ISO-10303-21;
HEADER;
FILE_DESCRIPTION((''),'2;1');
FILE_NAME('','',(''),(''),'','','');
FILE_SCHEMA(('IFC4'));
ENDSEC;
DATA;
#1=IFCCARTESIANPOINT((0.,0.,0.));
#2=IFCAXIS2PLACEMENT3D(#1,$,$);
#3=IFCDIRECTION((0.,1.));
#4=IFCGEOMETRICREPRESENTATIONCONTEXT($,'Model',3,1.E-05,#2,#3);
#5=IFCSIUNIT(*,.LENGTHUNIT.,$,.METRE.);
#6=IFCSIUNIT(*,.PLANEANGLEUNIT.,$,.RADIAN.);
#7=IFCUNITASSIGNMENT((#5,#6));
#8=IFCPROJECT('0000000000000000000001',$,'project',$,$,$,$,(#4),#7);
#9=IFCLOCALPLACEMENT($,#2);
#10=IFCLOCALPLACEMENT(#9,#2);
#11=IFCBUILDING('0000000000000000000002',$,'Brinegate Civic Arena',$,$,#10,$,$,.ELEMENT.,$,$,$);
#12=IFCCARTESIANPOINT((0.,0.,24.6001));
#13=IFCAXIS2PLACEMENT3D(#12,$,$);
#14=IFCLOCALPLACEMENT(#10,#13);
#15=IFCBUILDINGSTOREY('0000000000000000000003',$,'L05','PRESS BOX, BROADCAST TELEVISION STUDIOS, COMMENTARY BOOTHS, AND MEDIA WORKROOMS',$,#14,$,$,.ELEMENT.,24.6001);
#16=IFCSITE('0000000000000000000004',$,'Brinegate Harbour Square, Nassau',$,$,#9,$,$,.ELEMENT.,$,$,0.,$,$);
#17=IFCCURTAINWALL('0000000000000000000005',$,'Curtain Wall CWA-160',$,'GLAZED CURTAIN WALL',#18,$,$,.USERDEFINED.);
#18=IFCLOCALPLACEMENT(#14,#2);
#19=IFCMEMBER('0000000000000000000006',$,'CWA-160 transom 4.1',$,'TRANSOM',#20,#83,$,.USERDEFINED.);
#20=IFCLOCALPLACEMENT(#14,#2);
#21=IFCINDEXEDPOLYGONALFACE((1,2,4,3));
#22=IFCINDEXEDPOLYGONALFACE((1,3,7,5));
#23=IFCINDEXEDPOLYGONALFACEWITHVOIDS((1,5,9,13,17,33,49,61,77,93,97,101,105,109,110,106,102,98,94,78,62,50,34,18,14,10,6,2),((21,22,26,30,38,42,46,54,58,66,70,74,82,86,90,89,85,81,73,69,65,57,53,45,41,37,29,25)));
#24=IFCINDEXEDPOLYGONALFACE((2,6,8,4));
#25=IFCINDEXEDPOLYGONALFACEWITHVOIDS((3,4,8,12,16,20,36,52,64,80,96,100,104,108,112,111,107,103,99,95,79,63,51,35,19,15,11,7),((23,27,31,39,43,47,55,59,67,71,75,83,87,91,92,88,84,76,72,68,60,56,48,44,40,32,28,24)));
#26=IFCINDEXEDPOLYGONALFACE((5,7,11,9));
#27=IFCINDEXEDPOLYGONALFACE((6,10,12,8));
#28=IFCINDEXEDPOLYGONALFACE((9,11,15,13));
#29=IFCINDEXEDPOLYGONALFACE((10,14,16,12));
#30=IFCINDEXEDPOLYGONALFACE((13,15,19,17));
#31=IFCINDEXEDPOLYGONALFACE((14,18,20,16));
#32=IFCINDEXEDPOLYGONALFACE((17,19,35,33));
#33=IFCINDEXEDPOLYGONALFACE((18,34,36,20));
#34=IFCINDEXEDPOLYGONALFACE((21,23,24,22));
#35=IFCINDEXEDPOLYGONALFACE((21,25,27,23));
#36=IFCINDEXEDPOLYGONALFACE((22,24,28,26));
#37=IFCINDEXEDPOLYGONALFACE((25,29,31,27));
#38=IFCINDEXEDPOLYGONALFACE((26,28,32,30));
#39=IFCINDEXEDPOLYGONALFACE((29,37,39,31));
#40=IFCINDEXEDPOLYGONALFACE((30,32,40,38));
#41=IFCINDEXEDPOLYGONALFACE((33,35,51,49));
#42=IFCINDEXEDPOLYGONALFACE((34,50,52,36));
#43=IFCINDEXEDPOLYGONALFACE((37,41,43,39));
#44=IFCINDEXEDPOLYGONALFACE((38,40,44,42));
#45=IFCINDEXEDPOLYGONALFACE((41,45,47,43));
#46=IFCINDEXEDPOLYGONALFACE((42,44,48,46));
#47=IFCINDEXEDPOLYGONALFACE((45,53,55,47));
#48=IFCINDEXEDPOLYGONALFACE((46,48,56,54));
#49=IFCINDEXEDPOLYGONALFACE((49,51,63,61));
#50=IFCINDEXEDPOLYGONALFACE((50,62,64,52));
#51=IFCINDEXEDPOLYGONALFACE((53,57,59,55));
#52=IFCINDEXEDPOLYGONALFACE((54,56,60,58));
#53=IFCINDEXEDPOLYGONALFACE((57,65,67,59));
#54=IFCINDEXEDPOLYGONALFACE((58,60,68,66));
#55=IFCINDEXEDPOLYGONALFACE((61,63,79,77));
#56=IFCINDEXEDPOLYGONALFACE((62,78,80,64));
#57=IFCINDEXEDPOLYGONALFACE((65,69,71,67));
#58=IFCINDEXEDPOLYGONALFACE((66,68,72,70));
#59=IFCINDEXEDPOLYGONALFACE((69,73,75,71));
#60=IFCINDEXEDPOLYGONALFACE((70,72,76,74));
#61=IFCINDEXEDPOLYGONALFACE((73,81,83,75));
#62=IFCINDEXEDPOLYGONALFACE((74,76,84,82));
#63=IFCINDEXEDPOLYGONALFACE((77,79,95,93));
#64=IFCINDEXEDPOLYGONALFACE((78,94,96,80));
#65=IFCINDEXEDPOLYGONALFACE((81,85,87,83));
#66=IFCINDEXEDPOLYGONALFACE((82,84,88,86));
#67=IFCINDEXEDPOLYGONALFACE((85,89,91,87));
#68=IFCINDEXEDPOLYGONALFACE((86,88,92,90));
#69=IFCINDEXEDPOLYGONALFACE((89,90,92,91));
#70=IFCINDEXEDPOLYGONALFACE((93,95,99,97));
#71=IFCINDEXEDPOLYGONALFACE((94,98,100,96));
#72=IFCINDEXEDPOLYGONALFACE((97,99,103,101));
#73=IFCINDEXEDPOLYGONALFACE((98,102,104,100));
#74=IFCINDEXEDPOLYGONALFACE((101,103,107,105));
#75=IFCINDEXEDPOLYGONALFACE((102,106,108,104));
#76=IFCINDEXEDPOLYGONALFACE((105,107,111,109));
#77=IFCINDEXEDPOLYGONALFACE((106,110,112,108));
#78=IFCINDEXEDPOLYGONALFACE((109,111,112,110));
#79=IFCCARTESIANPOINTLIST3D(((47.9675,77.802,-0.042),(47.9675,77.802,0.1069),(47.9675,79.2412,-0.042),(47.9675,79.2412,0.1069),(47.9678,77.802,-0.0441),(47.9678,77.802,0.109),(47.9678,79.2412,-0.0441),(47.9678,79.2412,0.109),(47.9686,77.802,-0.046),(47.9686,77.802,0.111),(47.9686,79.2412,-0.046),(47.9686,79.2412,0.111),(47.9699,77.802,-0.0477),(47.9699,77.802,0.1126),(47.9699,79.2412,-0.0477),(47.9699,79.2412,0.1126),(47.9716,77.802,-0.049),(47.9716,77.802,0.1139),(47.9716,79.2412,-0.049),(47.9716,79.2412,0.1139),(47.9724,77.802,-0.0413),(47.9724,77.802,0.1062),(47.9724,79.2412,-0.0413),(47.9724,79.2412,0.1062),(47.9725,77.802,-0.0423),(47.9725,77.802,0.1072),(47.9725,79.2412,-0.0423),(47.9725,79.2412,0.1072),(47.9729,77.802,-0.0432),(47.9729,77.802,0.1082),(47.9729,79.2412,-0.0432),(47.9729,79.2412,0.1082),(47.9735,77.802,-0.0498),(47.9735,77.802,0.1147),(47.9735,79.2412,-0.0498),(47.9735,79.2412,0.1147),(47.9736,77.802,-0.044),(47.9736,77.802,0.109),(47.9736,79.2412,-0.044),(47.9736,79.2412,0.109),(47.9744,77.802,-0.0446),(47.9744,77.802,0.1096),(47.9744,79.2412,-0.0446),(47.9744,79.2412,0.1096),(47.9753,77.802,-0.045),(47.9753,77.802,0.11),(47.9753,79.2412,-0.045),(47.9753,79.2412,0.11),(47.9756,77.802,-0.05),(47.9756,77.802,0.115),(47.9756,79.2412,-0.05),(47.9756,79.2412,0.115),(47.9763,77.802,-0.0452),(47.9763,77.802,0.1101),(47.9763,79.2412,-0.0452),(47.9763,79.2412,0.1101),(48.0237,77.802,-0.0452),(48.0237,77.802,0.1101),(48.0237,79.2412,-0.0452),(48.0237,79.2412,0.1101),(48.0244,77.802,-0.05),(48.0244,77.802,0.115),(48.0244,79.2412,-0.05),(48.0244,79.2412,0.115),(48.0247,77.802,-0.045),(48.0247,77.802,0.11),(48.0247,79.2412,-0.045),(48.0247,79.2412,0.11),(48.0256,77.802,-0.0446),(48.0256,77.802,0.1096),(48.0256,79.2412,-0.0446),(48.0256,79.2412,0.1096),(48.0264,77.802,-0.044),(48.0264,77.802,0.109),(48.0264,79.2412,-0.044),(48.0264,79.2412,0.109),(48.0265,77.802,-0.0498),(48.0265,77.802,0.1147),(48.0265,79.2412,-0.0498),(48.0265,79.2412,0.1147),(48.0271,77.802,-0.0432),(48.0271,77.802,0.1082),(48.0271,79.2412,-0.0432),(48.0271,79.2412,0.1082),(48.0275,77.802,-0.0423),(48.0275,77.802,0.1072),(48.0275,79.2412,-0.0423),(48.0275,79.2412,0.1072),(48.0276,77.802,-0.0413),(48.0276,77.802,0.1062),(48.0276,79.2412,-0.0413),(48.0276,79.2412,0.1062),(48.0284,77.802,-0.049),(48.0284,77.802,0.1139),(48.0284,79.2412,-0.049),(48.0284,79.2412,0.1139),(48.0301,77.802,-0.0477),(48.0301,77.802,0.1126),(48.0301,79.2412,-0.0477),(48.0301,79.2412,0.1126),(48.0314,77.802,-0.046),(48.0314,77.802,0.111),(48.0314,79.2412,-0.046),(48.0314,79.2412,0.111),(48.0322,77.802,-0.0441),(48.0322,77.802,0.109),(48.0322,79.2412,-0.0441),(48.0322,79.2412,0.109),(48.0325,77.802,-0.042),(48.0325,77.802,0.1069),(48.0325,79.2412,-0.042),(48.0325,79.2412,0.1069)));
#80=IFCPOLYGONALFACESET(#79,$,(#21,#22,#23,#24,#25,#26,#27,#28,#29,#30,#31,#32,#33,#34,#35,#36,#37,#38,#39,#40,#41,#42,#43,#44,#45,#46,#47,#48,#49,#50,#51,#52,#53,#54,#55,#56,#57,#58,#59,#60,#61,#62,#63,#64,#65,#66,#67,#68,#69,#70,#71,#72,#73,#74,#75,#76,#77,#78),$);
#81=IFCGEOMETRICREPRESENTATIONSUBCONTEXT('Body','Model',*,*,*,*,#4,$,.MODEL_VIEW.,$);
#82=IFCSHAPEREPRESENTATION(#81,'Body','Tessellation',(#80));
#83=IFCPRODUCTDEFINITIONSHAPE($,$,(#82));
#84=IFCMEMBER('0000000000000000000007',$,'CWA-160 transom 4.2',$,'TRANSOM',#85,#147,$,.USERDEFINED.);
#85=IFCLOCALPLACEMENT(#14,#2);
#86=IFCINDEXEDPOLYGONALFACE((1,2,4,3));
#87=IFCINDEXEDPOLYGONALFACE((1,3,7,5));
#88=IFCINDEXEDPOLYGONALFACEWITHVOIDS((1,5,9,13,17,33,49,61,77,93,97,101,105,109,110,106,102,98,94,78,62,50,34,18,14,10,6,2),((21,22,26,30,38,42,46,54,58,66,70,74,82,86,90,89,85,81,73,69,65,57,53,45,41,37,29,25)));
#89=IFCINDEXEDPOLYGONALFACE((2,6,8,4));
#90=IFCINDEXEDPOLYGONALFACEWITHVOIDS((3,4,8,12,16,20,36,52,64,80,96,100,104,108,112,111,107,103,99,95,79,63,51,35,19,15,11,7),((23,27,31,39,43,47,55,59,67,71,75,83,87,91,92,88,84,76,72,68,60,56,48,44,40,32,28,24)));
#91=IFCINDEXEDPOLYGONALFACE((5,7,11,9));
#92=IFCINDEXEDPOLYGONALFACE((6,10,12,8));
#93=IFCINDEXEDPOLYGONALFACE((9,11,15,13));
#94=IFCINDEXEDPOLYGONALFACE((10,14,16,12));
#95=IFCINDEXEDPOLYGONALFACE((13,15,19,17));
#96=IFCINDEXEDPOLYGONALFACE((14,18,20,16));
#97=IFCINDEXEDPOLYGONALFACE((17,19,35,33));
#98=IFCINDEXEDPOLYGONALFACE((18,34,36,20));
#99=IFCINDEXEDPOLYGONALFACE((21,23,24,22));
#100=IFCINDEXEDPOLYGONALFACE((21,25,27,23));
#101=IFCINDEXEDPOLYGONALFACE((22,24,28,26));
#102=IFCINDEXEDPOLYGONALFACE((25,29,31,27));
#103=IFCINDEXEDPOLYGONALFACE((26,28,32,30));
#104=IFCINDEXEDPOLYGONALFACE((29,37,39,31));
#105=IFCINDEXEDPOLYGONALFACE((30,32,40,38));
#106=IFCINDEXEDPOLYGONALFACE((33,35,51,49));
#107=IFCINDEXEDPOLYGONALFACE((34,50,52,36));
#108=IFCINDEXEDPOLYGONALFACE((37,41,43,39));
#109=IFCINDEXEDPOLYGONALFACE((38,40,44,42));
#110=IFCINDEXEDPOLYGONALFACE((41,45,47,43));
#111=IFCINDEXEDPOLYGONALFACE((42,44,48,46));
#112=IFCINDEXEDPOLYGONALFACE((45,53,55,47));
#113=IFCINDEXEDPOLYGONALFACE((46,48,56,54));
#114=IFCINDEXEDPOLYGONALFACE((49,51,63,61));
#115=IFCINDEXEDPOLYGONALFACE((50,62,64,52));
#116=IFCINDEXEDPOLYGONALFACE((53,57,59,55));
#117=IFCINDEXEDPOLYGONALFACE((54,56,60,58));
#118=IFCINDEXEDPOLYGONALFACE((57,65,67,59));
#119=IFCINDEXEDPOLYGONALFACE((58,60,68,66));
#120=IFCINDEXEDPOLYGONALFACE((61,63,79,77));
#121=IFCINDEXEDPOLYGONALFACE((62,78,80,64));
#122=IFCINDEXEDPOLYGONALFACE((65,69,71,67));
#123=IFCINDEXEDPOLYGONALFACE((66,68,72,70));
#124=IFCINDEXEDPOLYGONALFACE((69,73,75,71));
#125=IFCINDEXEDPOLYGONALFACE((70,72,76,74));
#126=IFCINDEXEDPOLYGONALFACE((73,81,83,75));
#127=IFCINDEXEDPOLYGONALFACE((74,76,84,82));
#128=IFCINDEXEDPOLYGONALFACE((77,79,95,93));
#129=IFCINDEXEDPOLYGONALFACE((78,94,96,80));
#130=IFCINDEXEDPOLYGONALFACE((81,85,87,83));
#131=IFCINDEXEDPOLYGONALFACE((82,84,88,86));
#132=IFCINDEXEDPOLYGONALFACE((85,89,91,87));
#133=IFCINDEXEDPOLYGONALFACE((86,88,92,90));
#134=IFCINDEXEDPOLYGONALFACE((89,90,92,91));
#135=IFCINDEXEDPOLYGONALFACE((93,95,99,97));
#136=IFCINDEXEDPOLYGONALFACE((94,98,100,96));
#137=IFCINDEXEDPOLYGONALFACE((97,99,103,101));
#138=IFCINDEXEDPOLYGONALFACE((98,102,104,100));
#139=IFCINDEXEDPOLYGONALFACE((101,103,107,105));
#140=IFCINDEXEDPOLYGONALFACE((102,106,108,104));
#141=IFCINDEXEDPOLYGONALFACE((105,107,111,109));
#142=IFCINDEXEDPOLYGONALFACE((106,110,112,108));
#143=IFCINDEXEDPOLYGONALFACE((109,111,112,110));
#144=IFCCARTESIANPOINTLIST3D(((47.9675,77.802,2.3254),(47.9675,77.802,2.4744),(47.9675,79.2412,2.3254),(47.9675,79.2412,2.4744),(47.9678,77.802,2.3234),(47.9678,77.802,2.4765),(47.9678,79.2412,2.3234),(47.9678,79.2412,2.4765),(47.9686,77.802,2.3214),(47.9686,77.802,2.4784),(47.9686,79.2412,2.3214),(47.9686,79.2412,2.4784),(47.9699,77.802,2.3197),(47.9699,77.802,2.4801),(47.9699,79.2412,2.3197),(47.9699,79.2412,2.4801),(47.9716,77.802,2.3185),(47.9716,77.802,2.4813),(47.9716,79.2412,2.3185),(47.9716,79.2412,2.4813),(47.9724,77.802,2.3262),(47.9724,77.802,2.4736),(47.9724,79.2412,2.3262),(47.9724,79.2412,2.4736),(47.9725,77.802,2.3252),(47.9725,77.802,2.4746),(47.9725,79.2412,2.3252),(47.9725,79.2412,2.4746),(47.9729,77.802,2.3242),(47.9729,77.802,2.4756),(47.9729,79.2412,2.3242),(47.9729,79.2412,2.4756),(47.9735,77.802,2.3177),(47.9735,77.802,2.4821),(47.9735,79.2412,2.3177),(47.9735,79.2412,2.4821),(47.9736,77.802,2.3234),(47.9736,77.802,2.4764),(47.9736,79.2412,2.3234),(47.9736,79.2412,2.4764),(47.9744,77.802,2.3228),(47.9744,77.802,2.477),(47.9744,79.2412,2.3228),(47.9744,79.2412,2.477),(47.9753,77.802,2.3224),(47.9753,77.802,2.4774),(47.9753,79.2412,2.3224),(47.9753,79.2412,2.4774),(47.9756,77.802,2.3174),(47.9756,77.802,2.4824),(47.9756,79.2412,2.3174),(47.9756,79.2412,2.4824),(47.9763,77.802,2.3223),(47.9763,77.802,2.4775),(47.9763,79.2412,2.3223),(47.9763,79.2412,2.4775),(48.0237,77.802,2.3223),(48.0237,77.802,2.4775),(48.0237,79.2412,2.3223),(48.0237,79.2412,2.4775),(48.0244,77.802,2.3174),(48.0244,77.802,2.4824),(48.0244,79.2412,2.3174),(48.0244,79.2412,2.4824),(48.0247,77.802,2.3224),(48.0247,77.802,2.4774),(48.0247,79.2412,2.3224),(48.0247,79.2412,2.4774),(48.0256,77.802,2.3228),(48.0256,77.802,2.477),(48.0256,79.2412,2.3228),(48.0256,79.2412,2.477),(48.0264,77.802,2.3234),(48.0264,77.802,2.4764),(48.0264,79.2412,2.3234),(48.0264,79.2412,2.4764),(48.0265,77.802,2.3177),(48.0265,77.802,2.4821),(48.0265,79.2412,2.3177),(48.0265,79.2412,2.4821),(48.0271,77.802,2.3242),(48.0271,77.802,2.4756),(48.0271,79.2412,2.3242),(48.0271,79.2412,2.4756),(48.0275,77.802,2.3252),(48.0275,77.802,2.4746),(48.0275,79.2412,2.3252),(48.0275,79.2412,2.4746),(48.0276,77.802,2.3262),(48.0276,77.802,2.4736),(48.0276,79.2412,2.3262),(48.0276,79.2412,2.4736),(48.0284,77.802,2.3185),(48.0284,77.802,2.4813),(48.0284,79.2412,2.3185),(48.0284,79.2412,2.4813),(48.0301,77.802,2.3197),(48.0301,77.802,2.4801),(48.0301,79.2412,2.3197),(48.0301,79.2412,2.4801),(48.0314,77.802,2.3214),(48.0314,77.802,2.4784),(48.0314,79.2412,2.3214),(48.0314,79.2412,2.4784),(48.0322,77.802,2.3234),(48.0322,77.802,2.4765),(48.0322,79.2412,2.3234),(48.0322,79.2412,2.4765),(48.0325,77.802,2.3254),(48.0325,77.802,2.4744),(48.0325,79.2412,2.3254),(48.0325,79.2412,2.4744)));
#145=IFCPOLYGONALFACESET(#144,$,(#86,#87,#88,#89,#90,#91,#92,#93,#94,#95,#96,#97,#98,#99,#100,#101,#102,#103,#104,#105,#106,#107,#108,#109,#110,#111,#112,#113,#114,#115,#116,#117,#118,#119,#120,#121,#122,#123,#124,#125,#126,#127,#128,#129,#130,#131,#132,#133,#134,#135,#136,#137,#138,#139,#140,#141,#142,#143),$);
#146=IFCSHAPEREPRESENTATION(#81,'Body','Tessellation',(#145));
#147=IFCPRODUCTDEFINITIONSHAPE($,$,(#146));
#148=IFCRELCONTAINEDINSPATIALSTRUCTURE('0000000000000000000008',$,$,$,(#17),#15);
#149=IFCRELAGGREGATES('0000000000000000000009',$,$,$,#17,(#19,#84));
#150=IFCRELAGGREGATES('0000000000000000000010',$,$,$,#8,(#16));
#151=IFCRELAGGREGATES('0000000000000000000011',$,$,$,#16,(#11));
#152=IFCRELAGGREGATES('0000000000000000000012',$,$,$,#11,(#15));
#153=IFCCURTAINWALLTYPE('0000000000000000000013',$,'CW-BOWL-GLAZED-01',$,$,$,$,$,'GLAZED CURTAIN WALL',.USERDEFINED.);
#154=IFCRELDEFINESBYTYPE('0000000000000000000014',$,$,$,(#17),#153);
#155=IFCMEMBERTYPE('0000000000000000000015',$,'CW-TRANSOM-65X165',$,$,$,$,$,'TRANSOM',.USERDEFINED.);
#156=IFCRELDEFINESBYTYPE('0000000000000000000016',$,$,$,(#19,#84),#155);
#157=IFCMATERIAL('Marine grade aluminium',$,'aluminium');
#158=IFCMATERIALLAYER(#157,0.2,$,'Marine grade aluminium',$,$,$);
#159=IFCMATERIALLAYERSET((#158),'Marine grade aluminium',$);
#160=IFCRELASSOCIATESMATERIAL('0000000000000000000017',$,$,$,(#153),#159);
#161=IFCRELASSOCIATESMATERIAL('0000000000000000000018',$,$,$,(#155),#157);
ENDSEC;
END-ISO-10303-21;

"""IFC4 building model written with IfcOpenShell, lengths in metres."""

from ifc_helpers import new_model, si_unit, direction, frame, origin, origin_2d, place, context, subcontext, project, spatial, hollow_rectangle, extrude, material, layer, layer_set, material_profile, profile_set, type_object, element, aggregate, save


model = new_model("IFC4")

# Units and contexts
model_context = context("Model", 3, precision=1e-05, world=origin(), true_north=direction((0.0, 1.0)))
body_context = subcontext(model_context, "Body", "Model", "MODEL_VIEW")
ifc_project = project(units=[si_unit("LENGTHUNIT", "METRE"), si_unit("PLANEANGLEUNIT", "RADIAN")], contexts=[model_context])

# Site, building, storey
site_placement = place(None, origin())
site = spatial("IfcSite", under=ifc_project, at=site_placement, Name="Brinegate Harbour Square, Nassau", CompositionType="ELEMENT", RefElevation=0.0)
building_placement = place(site_placement, origin())
building = spatial("IfcBuilding", under=site, at=building_placement, Name="Brinegate Civic Arena", CompositionType="ELEMENT")
storey_placement = place(building_placement, frame((0.0, 0.0, 24.6001)))
storey = spatial("IfcBuildingStorey", under=building, at=storey_placement, Name="L05", Description="PRESS BOX, BROADCAST TELEVISION STUDIOS, COMMENTARY BOOTHS, AND MEDIA WORKROOMS", CompositionType="ELEMENT", Elevation=24.6001)

# Curtain wall, members
ifc_material_1 = material(Name="Marine grade aluminium", Category="aluminium")
ifc_layer_1 = layer(ifc_material_1, 0.2, Name="Marine grade aluminium")
ifc_layer_set_1 = layer_set([ifc_layer_1], Name="Marine grade aluminium")
curtain_wall_type = type_object("IfcCurtainWallType", Name="CW-BOWL-GLAZED-01", ElementType="GLAZED CURTAIN WALL", PredefinedType="USERDEFINED", material=ifc_layer_set_1)
curtain_wall_placement = place(storey_placement, origin())
curtain_wall = element("IfcCurtainWall", 1, at=curtain_wall_placement, inside=storey, type_object=curtain_wall_type, Name="Curtain Wall CWA-160", ObjectType="GLAZED CURTAIN WALL", PredefinedType="USERDEFINED")
ifc_material_profile_1 = material_profile(ifc_material_1, hollow_rectangle(XDim=0.0649, YDim=0.165, WallThickness=0.0049, InnerFilletRadius=0.0039, OuterFilletRadius=0.0081, at=origin_2d()), Name="TRN65X165")
ifc_profile_set_1 = profile_set([ifc_material_profile_1], Name="Marine grade aluminium")
member_type_1 = type_object("IfcMemberType", Name="CW-TRANSOM-65X165", ElementType="TRANSOM", PredefinedType="USERDEFINED", material=ifc_profile_set_1)
member_1_placement = place(storey_placement, frame((48.0, 77.802, 0.0325), z_axis=(0.0, 1.0, 0.0), x_axis=(-1.0, 0.0, 0.0)))
member_1 = element("IfcMember", 2, at=member_1_placement, type_object=member_type_1, Name="CWA-160 transom 4.1", ObjectType="TRANSOM", PredefinedType="USERDEFINED", context=body_context, shape_type="SweptSolid", body=[
    extrude(hollow_rectangle(XDim=0.0649, YDim=0.165, WallThickness=0.0049, InnerFilletRadius=0.0039, OuterFilletRadius=0.0081, at=origin_2d()), origin(), (0.0, 0.0, 1.0), 1.4392),
])
member_2_placement = place(storey_placement, frame((48.0, 77.802, 2.3999), z_axis=(0.0, 1.0, 0.0), x_axis=(-1.0, 0.0, 0.0)))
member_2 = element("IfcMember", 3, at=member_2_placement, type_object=member_type_1, Name="CWA-160 transom 4.2", ObjectType="TRANSOM", PredefinedType="USERDEFINED", context=body_context, shape_type="SweptSolid", body=[
    extrude(hollow_rectangle(XDim=0.0649, YDim=0.165, WallThickness=0.0049, InnerFilletRadius=0.0039, OuterFilletRadius=0.0081, at=origin_2d()), origin(), (0.0, 0.0, 1.0), 1.4392),
])

aggregate(curtain_wall, [member_1, member_2])

save(model, "model.ifc")
